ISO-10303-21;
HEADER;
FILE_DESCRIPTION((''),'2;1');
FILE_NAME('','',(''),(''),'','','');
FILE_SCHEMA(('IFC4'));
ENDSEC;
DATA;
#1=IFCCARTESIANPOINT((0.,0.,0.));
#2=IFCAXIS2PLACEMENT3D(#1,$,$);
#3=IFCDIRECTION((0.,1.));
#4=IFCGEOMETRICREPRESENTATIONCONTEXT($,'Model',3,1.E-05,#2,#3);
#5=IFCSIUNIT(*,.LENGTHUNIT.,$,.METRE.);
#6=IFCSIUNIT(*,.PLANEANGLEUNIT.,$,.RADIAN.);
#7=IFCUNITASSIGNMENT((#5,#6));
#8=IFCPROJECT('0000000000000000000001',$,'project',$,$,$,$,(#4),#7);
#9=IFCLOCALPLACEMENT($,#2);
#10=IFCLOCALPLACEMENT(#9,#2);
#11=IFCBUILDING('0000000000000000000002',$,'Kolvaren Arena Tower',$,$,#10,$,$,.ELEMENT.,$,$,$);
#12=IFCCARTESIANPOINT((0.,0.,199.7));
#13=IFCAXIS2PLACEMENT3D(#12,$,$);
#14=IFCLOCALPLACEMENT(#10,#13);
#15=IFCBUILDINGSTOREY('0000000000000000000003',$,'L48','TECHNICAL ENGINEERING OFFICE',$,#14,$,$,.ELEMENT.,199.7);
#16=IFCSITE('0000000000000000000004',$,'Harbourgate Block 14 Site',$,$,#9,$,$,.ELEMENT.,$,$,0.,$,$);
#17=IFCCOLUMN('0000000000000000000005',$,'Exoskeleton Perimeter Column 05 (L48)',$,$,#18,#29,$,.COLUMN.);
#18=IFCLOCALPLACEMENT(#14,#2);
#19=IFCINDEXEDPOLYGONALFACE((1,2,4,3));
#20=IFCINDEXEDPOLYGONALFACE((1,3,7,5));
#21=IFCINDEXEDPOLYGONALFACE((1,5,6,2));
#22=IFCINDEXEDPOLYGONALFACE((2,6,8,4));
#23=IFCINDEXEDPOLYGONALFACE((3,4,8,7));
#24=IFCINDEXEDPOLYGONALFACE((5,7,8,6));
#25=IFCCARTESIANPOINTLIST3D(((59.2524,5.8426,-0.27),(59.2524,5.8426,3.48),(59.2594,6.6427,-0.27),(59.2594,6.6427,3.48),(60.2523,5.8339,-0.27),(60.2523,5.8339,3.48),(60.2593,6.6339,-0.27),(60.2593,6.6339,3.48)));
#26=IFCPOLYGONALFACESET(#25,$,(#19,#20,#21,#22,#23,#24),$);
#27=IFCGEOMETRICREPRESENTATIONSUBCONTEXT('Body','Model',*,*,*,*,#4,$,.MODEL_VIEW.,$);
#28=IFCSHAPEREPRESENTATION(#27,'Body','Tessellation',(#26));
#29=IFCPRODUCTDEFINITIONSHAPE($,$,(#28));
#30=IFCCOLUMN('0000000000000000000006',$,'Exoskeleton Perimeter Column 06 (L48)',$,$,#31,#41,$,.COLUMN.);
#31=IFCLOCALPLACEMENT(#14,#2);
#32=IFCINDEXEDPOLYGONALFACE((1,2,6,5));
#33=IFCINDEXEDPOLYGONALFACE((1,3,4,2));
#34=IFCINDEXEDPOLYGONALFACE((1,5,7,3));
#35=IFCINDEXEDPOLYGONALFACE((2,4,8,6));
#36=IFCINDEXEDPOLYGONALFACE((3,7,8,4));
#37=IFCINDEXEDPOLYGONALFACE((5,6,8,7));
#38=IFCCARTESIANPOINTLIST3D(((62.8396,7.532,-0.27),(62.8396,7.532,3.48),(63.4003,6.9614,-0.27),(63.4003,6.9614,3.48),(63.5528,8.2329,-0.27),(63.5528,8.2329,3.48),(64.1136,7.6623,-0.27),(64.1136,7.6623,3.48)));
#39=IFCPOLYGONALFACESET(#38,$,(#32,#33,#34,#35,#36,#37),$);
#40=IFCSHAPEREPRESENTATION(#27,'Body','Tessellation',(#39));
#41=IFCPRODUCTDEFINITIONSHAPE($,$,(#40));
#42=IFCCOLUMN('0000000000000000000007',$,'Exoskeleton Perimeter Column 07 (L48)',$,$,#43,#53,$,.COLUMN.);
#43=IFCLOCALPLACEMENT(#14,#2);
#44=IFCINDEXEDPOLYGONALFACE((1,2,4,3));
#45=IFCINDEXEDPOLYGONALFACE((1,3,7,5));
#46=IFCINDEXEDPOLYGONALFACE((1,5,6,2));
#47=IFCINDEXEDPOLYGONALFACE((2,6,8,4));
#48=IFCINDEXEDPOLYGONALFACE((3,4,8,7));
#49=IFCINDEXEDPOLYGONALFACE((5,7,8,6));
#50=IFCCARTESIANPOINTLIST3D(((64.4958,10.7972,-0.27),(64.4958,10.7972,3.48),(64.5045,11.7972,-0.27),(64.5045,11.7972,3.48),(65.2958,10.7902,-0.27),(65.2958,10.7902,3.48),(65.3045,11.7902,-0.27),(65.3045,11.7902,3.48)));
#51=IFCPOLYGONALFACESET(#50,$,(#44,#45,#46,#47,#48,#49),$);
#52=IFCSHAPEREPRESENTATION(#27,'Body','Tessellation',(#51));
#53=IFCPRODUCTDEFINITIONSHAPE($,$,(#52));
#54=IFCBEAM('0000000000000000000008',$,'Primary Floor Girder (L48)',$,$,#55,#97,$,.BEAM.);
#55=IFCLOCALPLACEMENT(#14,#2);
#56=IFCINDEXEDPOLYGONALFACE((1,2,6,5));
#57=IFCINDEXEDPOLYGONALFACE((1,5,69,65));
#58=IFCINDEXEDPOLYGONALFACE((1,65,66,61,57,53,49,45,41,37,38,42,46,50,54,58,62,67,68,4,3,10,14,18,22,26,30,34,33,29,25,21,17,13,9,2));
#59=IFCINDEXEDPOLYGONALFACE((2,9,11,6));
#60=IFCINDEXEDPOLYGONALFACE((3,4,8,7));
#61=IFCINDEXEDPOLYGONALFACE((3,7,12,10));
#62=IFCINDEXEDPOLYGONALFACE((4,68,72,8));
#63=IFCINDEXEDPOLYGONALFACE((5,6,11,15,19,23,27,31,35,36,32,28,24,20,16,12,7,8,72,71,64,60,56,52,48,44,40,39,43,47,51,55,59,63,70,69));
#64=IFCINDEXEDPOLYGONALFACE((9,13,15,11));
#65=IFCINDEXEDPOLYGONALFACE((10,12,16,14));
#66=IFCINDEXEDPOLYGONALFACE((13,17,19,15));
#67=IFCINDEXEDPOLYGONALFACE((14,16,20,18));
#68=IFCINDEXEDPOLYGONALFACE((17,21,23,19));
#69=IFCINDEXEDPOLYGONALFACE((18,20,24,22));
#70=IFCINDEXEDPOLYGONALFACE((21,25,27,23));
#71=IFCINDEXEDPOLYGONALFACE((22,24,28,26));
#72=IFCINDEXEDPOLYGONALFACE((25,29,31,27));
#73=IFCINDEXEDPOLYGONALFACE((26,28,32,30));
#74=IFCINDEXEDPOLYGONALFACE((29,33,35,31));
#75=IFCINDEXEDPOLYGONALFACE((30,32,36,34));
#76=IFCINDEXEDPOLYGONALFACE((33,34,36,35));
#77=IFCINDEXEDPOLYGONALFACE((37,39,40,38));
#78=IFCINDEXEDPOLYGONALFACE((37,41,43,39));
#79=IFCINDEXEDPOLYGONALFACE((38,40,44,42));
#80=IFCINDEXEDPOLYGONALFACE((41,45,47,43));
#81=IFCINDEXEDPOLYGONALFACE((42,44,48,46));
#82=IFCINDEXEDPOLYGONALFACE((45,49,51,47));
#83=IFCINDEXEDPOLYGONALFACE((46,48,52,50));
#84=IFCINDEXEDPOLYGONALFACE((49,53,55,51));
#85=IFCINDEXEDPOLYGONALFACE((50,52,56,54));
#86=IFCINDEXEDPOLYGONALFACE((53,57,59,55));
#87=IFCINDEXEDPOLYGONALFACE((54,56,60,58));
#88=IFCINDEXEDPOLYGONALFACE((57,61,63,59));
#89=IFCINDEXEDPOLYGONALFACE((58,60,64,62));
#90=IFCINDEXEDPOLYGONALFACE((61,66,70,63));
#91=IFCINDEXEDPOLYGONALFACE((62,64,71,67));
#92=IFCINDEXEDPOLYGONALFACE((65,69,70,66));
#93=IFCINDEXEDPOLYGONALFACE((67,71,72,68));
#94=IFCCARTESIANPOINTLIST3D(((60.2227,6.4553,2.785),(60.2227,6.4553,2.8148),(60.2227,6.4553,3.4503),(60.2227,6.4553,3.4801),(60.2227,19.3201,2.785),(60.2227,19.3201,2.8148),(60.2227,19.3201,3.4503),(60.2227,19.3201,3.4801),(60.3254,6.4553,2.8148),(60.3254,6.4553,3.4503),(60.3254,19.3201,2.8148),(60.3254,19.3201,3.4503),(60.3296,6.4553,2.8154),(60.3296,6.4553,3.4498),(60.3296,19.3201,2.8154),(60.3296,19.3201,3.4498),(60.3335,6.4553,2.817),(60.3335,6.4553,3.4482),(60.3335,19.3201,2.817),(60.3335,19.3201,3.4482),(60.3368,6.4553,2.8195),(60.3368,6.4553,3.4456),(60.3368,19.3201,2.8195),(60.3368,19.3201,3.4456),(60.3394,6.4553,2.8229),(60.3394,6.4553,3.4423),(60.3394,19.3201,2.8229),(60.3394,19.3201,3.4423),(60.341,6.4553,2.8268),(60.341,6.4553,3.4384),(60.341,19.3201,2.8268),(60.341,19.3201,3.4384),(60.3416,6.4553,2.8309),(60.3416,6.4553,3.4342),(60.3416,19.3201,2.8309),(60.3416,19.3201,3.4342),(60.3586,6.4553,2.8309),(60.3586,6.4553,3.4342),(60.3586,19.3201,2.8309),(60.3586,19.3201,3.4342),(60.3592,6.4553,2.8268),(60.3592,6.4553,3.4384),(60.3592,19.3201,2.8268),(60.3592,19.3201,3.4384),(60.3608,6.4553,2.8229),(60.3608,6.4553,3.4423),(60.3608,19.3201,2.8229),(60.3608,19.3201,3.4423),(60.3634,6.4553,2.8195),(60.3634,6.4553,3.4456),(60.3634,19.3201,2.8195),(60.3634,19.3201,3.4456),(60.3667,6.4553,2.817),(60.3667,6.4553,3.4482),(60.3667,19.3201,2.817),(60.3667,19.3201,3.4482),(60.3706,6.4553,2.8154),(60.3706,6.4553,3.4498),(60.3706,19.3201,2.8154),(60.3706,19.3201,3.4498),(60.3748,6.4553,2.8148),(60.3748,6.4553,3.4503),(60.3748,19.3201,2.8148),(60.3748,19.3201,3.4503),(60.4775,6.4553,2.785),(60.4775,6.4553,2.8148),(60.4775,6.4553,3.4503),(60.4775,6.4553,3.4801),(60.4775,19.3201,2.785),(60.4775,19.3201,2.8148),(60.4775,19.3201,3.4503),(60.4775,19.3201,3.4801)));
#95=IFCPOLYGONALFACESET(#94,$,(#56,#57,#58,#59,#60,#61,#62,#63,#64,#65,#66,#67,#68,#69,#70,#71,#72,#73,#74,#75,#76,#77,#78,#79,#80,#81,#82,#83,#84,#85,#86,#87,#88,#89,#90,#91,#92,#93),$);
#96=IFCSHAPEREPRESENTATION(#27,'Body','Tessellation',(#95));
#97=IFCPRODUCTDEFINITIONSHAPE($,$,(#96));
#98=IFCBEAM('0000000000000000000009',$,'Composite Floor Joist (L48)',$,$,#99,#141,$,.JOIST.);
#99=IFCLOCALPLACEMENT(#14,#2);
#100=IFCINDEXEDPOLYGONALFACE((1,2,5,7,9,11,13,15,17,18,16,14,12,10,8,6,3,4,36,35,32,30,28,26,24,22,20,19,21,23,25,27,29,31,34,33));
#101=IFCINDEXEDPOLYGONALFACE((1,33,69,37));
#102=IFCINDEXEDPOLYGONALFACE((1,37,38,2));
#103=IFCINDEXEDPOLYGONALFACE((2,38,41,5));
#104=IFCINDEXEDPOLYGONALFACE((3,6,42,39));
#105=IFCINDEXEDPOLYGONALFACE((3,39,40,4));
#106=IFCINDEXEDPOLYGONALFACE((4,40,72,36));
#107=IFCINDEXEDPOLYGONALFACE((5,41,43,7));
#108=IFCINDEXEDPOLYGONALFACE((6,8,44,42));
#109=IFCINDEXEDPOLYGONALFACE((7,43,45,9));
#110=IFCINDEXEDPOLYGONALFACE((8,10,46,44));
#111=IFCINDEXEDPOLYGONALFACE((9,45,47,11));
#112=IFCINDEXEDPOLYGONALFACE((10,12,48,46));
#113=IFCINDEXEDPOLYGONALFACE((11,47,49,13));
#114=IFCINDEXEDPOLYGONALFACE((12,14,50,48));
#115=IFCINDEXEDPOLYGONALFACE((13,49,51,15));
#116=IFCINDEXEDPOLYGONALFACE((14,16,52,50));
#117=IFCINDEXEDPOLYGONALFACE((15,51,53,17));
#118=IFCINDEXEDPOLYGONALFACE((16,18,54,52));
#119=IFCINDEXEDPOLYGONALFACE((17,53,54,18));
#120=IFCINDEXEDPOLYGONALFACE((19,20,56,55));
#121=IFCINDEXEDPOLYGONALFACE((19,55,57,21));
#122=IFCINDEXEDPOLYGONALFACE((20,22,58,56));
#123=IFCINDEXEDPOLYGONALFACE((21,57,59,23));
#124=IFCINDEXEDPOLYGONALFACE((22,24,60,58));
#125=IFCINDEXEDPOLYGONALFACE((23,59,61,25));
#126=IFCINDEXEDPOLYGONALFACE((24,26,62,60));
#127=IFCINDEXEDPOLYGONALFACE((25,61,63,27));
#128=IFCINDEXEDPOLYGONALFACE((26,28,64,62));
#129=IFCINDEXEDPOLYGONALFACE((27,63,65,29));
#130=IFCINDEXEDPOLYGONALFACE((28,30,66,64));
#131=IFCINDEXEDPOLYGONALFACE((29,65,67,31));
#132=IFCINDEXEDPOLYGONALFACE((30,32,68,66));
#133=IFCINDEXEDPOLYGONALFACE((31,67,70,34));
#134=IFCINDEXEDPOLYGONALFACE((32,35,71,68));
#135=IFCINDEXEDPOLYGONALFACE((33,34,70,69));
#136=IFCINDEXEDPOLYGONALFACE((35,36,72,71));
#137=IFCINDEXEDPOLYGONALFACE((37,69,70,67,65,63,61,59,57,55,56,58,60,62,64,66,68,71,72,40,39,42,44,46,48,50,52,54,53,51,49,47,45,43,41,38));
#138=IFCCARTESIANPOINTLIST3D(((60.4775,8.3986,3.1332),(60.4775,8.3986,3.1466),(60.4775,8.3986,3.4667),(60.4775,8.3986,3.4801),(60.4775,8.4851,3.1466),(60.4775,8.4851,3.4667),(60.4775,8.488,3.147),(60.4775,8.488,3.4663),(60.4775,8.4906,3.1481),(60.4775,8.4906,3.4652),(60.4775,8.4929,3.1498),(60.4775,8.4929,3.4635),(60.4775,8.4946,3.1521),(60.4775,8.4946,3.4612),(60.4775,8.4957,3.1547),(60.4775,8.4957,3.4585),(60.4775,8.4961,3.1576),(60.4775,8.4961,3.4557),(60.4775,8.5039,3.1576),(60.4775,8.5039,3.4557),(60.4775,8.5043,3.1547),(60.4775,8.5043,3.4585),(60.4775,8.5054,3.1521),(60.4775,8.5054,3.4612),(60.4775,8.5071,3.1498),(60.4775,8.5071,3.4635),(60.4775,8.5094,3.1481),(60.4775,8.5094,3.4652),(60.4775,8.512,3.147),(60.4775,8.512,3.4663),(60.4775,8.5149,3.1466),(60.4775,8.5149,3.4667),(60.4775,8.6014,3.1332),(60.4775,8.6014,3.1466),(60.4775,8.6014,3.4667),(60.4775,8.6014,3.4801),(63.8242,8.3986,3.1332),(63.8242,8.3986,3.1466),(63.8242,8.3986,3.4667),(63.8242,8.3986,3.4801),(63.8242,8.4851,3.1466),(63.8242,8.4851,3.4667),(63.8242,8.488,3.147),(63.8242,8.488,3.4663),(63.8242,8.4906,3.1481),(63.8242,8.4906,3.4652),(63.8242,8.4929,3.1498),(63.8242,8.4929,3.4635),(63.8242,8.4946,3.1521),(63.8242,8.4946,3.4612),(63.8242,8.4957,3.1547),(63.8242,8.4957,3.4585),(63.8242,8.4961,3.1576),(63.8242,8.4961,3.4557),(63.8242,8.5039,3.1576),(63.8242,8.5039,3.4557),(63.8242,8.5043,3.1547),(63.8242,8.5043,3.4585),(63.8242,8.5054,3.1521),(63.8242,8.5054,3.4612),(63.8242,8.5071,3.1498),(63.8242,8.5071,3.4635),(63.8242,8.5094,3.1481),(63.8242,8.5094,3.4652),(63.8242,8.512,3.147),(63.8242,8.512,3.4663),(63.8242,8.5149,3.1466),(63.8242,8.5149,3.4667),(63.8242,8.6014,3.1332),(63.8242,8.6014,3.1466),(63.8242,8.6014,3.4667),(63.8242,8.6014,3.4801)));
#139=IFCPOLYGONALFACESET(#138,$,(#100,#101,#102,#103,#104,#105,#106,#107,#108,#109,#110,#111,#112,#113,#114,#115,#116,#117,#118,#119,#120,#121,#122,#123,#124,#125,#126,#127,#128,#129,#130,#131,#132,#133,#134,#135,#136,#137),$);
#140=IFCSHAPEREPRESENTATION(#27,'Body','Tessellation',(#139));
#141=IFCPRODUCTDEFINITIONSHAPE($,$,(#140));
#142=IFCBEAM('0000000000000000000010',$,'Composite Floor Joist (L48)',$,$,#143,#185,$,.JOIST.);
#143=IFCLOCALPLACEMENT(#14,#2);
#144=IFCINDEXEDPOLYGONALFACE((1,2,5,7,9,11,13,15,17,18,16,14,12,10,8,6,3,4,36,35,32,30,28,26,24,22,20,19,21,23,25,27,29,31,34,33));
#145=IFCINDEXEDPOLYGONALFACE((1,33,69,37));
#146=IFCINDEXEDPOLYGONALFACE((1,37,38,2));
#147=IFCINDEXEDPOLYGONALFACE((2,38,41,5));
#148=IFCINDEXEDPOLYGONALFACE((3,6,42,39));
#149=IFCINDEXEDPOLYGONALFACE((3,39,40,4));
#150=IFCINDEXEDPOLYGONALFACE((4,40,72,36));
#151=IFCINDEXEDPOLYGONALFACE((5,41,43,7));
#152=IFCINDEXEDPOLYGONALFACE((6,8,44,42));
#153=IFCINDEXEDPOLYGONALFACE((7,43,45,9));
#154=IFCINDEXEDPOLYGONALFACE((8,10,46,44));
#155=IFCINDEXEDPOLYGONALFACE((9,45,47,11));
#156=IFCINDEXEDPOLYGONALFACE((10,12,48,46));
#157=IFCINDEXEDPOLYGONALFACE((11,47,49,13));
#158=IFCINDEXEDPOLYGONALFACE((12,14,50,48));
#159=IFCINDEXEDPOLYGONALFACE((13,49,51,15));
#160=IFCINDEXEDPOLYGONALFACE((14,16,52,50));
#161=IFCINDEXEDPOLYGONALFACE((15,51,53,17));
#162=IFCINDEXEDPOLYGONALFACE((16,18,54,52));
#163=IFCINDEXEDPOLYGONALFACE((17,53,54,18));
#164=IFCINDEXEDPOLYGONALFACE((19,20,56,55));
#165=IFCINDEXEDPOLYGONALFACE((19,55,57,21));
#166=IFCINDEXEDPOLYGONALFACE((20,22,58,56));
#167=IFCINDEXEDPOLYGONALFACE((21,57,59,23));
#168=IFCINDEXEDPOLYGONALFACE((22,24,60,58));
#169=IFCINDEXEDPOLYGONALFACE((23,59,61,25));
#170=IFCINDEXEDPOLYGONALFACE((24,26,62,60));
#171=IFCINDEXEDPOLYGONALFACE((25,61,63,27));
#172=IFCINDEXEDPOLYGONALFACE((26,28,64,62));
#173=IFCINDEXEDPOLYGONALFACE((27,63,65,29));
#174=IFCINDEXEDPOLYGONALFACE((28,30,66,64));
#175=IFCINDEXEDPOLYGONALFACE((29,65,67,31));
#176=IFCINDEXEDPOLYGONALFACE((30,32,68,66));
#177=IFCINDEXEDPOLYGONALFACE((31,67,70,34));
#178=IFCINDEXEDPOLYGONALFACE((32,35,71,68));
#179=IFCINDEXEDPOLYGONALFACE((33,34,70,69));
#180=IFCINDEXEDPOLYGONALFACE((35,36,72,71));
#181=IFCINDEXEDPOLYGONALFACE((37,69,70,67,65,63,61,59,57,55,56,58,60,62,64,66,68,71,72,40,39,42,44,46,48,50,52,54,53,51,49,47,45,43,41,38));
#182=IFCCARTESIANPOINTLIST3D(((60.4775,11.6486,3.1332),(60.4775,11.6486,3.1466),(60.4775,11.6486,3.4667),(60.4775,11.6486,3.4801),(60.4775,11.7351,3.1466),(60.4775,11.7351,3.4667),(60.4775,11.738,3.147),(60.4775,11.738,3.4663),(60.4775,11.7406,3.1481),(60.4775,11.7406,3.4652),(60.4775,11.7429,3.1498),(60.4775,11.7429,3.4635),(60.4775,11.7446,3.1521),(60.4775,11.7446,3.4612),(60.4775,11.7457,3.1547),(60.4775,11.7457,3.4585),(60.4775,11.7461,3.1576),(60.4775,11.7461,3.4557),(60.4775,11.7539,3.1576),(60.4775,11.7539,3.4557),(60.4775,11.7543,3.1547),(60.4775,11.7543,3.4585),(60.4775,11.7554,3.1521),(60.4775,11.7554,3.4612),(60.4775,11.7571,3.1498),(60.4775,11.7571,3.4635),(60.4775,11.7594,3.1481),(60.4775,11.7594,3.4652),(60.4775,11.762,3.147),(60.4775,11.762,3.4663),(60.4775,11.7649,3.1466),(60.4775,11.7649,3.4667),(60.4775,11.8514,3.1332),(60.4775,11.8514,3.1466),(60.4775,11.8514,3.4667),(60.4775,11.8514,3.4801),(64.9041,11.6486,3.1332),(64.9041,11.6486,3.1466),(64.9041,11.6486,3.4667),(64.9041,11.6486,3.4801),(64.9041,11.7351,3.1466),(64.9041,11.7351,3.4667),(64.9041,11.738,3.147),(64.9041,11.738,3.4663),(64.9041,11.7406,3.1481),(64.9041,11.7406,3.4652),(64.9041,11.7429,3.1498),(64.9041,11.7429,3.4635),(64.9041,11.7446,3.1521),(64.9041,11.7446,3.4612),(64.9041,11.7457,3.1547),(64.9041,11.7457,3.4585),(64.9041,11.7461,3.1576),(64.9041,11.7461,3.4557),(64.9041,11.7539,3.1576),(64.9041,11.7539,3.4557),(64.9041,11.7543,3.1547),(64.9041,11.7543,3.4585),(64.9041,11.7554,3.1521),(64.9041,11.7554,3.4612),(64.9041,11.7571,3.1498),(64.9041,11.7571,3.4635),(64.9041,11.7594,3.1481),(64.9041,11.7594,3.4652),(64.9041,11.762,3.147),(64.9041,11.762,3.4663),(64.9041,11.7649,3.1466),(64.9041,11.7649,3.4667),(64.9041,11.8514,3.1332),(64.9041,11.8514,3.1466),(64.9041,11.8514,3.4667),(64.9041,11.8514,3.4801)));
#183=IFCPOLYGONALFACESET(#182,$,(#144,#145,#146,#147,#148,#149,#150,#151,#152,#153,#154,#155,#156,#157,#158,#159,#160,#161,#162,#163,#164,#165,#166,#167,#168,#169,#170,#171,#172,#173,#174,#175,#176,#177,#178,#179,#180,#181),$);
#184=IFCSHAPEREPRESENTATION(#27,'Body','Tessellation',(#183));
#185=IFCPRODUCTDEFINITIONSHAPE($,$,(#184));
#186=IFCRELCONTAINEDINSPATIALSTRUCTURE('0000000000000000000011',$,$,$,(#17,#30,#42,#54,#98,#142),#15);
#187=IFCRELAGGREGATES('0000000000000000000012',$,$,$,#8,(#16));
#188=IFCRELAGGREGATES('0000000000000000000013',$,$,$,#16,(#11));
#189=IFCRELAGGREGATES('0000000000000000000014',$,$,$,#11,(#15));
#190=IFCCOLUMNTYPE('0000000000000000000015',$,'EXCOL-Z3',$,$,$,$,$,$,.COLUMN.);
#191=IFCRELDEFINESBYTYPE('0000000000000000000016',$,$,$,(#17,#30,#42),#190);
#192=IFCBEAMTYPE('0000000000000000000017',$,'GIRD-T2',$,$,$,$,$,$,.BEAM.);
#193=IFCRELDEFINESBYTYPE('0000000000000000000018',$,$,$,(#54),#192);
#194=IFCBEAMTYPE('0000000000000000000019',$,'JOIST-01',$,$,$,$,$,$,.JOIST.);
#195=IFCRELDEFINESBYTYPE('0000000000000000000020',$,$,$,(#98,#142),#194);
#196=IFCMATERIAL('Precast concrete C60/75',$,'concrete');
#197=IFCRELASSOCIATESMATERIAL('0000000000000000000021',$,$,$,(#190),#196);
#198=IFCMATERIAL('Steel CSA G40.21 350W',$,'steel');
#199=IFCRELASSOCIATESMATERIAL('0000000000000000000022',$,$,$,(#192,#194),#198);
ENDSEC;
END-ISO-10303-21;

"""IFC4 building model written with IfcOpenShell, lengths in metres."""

from ifc_helpers import new_model, si_unit, direction, frame, origin, origin_2d, place, context, subcontext, project, spatial, rectangle, i_section, extrude, material, material_profile, profile_set, type_object, element, save


model = new_model("IFC4")

# Units and contexts
model_context = context("Model", 3, precision=1e-05, world=origin(), true_north=direction((0.0, 1.0)))
body_context = subcontext(model_context, "Body", "Model", "MODEL_VIEW")
ifc_project = project(units=[si_unit("LENGTHUNIT", "METRE"), si_unit("PLANEANGLEUNIT", "RADIAN")], contexts=[model_context])

# Site, building, storey
site_placement = place(None, origin())
site = spatial("IfcSite", under=ifc_project, at=site_placement, Name="Harbourgate Block 14 Site", CompositionType="ELEMENT", RefElevation=0.0)
building_placement = place(site_placement, origin())
building = spatial("IfcBuilding", under=site, at=building_placement, Name="Kolvaren Arena Tower", CompositionType="ELEMENT")
storey_placement = place(building_placement, frame((0.0, 0.0, 199.7)))
storey = spatial("IfcBuildingStorey", under=building, at=storey_placement, Name="L48", Description="TECHNICAL ENGINEERING OFFICE", CompositionType="ELEMENT", Elevation=199.7)

# Columns
ifc_material_1 = material(Name="Precast concrete C60/75", Category="concrete")
ifc_material_profile_1 = material_profile(ifc_material_1, rectangle(XDim=1.0, YDim=0.8, at=origin_2d()), Name="RC-1000x800")
ifc_profile_set_1 = profile_set([ifc_material_profile_1], Name="Precast concrete C60/75")
column_type = type_object("IfcColumnType", Name="EXCOL-Z3", PredefinedType="COLUMN", material=ifc_profile_set_1)
for number, where, z_axis, x_axis, name in (
    (1, (59.7559, 6.2383, -0.27), (0.0, 0.0, 1.0), (0.999962, -0.008727, 0.0), "Exoskeleton Perimeter Column 05 (L48)"),
    (2, (63.4766, 7.5972, -0.27), (0.0, 0.0, 1.0), (0.71325, 0.700909, 0.0), "Exoskeleton Perimeter Column 06 (L48)"),
    (3, (64.9001, 11.2937, -0.27), (0.0, 0.0, 1.0), (0.008727, 0.999962, 0.0), "Exoskeleton Perimeter Column 07 (L48)"),
):
    element("IfcColumn", number, at=place(storey_placement, frame(where, z_axis=z_axis, x_axis=x_axis)), inside=storey, type_object=column_type, Name=name, PredefinedType="COLUMN", context=body_context, shape_type="SweptSolid", body=[
        extrude(rectangle(XDim=1.0, YDim=0.8, at=origin_2d()), origin(), (0.0, 0.0, 1.0), 3.75),
    ])

# Beams
ifc_material_2 = material(Name="Steel CSA G40.21 350W", Category="steel")
ifc_material_profile_2 = material_profile(ifc_material_2, i_section(OverallWidth=0.2549, OverallDepth=0.6951, WebThickness=0.0171, FlangeThickness=0.0298, FilletRadius=0.0161, at=origin_2d()), Name="W690x217")
ifc_profile_set_2 = profile_set([ifc_material_profile_2], Name="Steel CSA G40.21 350W")
beam_type_1 = type_object("IfcBeamType", Name="GIRD-T2", PredefinedType="BEAM", material=ifc_profile_set_2)
beam_1_placement = place(storey_placement, frame((60.3501, 6.4553, 3.1326), z_axis=(0.0, 1.0, 0.0), x_axis=(-1.0, 0.0, 0.0)))
element("IfcBeam", 4, at=beam_1_placement, inside=storey, type_object=beam_type_1, Name="Primary Floor Girder (L48)", PredefinedType="BEAM", context=body_context, shape_type="SweptSolid", body=[
    extrude(i_section(OverallWidth=0.2549, OverallDepth=0.6951, WebThickness=0.0171, FlangeThickness=0.0298, FilletRadius=0.0161, at=origin_2d()), origin(), (0.0, 0.0, 1.0), 12.8647),
])
ifc_material_profile_3 = material_profile(ifc_material_2, i_section(OverallWidth=0.2029, OverallDepth=0.3469, WebThickness=0.0078, FlangeThickness=0.0134, FilletRadius=0.011, at=origin_2d()), Name="W360x64")
ifc_profile_set_3 = profile_set([ifc_material_profile_3], Name="Steel CSA G40.21 350W")
beam_type_2 = type_object("IfcBeamType", Name="JOIST-01", PredefinedType="JOIST", material=ifc_profile_set_3)
beam_2_placement = place(storey_placement, frame((60.4775, 8.5, 3.3066), z_axis=(1.0, 0.0, 0.0), x_axis=(0.0, 1.0, 0.0)))
element("IfcBeam", 5, at=beam_2_placement, inside=storey, type_object=beam_type_2, Name="Composite Floor Joist (L48)", PredefinedType="JOIST", context=body_context, shape_type="SweptSolid", body=[
    extrude(i_section(OverallWidth=0.2029, OverallDepth=0.3469, WebThickness=0.0078, FlangeThickness=0.0134, FilletRadius=0.011, at=origin_2d()), origin(), (0.0, 0.0, 1.0), 3.3467),
])
beam_3_placement = place(storey_placement, frame((60.4775, 11.75, 3.3066), z_axis=(1.0, 0.0, 0.0), x_axis=(0.0, 1.0, 0.0)))
element("IfcBeam", 6, at=beam_3_placement, inside=storey, type_object=beam_type_2, Name="Composite Floor Joist (L48)", PredefinedType="JOIST", context=body_context, shape_type="SweptSolid", body=[
    extrude(i_section(OverallWidth=0.2029, OverallDepth=0.3469, WebThickness=0.0078, FlangeThickness=0.0134, FilletRadius=0.011, at=origin_2d()), origin(), (0.0, 0.0, 1.0), 4.4265),
])

save(model, "model.ifc")
